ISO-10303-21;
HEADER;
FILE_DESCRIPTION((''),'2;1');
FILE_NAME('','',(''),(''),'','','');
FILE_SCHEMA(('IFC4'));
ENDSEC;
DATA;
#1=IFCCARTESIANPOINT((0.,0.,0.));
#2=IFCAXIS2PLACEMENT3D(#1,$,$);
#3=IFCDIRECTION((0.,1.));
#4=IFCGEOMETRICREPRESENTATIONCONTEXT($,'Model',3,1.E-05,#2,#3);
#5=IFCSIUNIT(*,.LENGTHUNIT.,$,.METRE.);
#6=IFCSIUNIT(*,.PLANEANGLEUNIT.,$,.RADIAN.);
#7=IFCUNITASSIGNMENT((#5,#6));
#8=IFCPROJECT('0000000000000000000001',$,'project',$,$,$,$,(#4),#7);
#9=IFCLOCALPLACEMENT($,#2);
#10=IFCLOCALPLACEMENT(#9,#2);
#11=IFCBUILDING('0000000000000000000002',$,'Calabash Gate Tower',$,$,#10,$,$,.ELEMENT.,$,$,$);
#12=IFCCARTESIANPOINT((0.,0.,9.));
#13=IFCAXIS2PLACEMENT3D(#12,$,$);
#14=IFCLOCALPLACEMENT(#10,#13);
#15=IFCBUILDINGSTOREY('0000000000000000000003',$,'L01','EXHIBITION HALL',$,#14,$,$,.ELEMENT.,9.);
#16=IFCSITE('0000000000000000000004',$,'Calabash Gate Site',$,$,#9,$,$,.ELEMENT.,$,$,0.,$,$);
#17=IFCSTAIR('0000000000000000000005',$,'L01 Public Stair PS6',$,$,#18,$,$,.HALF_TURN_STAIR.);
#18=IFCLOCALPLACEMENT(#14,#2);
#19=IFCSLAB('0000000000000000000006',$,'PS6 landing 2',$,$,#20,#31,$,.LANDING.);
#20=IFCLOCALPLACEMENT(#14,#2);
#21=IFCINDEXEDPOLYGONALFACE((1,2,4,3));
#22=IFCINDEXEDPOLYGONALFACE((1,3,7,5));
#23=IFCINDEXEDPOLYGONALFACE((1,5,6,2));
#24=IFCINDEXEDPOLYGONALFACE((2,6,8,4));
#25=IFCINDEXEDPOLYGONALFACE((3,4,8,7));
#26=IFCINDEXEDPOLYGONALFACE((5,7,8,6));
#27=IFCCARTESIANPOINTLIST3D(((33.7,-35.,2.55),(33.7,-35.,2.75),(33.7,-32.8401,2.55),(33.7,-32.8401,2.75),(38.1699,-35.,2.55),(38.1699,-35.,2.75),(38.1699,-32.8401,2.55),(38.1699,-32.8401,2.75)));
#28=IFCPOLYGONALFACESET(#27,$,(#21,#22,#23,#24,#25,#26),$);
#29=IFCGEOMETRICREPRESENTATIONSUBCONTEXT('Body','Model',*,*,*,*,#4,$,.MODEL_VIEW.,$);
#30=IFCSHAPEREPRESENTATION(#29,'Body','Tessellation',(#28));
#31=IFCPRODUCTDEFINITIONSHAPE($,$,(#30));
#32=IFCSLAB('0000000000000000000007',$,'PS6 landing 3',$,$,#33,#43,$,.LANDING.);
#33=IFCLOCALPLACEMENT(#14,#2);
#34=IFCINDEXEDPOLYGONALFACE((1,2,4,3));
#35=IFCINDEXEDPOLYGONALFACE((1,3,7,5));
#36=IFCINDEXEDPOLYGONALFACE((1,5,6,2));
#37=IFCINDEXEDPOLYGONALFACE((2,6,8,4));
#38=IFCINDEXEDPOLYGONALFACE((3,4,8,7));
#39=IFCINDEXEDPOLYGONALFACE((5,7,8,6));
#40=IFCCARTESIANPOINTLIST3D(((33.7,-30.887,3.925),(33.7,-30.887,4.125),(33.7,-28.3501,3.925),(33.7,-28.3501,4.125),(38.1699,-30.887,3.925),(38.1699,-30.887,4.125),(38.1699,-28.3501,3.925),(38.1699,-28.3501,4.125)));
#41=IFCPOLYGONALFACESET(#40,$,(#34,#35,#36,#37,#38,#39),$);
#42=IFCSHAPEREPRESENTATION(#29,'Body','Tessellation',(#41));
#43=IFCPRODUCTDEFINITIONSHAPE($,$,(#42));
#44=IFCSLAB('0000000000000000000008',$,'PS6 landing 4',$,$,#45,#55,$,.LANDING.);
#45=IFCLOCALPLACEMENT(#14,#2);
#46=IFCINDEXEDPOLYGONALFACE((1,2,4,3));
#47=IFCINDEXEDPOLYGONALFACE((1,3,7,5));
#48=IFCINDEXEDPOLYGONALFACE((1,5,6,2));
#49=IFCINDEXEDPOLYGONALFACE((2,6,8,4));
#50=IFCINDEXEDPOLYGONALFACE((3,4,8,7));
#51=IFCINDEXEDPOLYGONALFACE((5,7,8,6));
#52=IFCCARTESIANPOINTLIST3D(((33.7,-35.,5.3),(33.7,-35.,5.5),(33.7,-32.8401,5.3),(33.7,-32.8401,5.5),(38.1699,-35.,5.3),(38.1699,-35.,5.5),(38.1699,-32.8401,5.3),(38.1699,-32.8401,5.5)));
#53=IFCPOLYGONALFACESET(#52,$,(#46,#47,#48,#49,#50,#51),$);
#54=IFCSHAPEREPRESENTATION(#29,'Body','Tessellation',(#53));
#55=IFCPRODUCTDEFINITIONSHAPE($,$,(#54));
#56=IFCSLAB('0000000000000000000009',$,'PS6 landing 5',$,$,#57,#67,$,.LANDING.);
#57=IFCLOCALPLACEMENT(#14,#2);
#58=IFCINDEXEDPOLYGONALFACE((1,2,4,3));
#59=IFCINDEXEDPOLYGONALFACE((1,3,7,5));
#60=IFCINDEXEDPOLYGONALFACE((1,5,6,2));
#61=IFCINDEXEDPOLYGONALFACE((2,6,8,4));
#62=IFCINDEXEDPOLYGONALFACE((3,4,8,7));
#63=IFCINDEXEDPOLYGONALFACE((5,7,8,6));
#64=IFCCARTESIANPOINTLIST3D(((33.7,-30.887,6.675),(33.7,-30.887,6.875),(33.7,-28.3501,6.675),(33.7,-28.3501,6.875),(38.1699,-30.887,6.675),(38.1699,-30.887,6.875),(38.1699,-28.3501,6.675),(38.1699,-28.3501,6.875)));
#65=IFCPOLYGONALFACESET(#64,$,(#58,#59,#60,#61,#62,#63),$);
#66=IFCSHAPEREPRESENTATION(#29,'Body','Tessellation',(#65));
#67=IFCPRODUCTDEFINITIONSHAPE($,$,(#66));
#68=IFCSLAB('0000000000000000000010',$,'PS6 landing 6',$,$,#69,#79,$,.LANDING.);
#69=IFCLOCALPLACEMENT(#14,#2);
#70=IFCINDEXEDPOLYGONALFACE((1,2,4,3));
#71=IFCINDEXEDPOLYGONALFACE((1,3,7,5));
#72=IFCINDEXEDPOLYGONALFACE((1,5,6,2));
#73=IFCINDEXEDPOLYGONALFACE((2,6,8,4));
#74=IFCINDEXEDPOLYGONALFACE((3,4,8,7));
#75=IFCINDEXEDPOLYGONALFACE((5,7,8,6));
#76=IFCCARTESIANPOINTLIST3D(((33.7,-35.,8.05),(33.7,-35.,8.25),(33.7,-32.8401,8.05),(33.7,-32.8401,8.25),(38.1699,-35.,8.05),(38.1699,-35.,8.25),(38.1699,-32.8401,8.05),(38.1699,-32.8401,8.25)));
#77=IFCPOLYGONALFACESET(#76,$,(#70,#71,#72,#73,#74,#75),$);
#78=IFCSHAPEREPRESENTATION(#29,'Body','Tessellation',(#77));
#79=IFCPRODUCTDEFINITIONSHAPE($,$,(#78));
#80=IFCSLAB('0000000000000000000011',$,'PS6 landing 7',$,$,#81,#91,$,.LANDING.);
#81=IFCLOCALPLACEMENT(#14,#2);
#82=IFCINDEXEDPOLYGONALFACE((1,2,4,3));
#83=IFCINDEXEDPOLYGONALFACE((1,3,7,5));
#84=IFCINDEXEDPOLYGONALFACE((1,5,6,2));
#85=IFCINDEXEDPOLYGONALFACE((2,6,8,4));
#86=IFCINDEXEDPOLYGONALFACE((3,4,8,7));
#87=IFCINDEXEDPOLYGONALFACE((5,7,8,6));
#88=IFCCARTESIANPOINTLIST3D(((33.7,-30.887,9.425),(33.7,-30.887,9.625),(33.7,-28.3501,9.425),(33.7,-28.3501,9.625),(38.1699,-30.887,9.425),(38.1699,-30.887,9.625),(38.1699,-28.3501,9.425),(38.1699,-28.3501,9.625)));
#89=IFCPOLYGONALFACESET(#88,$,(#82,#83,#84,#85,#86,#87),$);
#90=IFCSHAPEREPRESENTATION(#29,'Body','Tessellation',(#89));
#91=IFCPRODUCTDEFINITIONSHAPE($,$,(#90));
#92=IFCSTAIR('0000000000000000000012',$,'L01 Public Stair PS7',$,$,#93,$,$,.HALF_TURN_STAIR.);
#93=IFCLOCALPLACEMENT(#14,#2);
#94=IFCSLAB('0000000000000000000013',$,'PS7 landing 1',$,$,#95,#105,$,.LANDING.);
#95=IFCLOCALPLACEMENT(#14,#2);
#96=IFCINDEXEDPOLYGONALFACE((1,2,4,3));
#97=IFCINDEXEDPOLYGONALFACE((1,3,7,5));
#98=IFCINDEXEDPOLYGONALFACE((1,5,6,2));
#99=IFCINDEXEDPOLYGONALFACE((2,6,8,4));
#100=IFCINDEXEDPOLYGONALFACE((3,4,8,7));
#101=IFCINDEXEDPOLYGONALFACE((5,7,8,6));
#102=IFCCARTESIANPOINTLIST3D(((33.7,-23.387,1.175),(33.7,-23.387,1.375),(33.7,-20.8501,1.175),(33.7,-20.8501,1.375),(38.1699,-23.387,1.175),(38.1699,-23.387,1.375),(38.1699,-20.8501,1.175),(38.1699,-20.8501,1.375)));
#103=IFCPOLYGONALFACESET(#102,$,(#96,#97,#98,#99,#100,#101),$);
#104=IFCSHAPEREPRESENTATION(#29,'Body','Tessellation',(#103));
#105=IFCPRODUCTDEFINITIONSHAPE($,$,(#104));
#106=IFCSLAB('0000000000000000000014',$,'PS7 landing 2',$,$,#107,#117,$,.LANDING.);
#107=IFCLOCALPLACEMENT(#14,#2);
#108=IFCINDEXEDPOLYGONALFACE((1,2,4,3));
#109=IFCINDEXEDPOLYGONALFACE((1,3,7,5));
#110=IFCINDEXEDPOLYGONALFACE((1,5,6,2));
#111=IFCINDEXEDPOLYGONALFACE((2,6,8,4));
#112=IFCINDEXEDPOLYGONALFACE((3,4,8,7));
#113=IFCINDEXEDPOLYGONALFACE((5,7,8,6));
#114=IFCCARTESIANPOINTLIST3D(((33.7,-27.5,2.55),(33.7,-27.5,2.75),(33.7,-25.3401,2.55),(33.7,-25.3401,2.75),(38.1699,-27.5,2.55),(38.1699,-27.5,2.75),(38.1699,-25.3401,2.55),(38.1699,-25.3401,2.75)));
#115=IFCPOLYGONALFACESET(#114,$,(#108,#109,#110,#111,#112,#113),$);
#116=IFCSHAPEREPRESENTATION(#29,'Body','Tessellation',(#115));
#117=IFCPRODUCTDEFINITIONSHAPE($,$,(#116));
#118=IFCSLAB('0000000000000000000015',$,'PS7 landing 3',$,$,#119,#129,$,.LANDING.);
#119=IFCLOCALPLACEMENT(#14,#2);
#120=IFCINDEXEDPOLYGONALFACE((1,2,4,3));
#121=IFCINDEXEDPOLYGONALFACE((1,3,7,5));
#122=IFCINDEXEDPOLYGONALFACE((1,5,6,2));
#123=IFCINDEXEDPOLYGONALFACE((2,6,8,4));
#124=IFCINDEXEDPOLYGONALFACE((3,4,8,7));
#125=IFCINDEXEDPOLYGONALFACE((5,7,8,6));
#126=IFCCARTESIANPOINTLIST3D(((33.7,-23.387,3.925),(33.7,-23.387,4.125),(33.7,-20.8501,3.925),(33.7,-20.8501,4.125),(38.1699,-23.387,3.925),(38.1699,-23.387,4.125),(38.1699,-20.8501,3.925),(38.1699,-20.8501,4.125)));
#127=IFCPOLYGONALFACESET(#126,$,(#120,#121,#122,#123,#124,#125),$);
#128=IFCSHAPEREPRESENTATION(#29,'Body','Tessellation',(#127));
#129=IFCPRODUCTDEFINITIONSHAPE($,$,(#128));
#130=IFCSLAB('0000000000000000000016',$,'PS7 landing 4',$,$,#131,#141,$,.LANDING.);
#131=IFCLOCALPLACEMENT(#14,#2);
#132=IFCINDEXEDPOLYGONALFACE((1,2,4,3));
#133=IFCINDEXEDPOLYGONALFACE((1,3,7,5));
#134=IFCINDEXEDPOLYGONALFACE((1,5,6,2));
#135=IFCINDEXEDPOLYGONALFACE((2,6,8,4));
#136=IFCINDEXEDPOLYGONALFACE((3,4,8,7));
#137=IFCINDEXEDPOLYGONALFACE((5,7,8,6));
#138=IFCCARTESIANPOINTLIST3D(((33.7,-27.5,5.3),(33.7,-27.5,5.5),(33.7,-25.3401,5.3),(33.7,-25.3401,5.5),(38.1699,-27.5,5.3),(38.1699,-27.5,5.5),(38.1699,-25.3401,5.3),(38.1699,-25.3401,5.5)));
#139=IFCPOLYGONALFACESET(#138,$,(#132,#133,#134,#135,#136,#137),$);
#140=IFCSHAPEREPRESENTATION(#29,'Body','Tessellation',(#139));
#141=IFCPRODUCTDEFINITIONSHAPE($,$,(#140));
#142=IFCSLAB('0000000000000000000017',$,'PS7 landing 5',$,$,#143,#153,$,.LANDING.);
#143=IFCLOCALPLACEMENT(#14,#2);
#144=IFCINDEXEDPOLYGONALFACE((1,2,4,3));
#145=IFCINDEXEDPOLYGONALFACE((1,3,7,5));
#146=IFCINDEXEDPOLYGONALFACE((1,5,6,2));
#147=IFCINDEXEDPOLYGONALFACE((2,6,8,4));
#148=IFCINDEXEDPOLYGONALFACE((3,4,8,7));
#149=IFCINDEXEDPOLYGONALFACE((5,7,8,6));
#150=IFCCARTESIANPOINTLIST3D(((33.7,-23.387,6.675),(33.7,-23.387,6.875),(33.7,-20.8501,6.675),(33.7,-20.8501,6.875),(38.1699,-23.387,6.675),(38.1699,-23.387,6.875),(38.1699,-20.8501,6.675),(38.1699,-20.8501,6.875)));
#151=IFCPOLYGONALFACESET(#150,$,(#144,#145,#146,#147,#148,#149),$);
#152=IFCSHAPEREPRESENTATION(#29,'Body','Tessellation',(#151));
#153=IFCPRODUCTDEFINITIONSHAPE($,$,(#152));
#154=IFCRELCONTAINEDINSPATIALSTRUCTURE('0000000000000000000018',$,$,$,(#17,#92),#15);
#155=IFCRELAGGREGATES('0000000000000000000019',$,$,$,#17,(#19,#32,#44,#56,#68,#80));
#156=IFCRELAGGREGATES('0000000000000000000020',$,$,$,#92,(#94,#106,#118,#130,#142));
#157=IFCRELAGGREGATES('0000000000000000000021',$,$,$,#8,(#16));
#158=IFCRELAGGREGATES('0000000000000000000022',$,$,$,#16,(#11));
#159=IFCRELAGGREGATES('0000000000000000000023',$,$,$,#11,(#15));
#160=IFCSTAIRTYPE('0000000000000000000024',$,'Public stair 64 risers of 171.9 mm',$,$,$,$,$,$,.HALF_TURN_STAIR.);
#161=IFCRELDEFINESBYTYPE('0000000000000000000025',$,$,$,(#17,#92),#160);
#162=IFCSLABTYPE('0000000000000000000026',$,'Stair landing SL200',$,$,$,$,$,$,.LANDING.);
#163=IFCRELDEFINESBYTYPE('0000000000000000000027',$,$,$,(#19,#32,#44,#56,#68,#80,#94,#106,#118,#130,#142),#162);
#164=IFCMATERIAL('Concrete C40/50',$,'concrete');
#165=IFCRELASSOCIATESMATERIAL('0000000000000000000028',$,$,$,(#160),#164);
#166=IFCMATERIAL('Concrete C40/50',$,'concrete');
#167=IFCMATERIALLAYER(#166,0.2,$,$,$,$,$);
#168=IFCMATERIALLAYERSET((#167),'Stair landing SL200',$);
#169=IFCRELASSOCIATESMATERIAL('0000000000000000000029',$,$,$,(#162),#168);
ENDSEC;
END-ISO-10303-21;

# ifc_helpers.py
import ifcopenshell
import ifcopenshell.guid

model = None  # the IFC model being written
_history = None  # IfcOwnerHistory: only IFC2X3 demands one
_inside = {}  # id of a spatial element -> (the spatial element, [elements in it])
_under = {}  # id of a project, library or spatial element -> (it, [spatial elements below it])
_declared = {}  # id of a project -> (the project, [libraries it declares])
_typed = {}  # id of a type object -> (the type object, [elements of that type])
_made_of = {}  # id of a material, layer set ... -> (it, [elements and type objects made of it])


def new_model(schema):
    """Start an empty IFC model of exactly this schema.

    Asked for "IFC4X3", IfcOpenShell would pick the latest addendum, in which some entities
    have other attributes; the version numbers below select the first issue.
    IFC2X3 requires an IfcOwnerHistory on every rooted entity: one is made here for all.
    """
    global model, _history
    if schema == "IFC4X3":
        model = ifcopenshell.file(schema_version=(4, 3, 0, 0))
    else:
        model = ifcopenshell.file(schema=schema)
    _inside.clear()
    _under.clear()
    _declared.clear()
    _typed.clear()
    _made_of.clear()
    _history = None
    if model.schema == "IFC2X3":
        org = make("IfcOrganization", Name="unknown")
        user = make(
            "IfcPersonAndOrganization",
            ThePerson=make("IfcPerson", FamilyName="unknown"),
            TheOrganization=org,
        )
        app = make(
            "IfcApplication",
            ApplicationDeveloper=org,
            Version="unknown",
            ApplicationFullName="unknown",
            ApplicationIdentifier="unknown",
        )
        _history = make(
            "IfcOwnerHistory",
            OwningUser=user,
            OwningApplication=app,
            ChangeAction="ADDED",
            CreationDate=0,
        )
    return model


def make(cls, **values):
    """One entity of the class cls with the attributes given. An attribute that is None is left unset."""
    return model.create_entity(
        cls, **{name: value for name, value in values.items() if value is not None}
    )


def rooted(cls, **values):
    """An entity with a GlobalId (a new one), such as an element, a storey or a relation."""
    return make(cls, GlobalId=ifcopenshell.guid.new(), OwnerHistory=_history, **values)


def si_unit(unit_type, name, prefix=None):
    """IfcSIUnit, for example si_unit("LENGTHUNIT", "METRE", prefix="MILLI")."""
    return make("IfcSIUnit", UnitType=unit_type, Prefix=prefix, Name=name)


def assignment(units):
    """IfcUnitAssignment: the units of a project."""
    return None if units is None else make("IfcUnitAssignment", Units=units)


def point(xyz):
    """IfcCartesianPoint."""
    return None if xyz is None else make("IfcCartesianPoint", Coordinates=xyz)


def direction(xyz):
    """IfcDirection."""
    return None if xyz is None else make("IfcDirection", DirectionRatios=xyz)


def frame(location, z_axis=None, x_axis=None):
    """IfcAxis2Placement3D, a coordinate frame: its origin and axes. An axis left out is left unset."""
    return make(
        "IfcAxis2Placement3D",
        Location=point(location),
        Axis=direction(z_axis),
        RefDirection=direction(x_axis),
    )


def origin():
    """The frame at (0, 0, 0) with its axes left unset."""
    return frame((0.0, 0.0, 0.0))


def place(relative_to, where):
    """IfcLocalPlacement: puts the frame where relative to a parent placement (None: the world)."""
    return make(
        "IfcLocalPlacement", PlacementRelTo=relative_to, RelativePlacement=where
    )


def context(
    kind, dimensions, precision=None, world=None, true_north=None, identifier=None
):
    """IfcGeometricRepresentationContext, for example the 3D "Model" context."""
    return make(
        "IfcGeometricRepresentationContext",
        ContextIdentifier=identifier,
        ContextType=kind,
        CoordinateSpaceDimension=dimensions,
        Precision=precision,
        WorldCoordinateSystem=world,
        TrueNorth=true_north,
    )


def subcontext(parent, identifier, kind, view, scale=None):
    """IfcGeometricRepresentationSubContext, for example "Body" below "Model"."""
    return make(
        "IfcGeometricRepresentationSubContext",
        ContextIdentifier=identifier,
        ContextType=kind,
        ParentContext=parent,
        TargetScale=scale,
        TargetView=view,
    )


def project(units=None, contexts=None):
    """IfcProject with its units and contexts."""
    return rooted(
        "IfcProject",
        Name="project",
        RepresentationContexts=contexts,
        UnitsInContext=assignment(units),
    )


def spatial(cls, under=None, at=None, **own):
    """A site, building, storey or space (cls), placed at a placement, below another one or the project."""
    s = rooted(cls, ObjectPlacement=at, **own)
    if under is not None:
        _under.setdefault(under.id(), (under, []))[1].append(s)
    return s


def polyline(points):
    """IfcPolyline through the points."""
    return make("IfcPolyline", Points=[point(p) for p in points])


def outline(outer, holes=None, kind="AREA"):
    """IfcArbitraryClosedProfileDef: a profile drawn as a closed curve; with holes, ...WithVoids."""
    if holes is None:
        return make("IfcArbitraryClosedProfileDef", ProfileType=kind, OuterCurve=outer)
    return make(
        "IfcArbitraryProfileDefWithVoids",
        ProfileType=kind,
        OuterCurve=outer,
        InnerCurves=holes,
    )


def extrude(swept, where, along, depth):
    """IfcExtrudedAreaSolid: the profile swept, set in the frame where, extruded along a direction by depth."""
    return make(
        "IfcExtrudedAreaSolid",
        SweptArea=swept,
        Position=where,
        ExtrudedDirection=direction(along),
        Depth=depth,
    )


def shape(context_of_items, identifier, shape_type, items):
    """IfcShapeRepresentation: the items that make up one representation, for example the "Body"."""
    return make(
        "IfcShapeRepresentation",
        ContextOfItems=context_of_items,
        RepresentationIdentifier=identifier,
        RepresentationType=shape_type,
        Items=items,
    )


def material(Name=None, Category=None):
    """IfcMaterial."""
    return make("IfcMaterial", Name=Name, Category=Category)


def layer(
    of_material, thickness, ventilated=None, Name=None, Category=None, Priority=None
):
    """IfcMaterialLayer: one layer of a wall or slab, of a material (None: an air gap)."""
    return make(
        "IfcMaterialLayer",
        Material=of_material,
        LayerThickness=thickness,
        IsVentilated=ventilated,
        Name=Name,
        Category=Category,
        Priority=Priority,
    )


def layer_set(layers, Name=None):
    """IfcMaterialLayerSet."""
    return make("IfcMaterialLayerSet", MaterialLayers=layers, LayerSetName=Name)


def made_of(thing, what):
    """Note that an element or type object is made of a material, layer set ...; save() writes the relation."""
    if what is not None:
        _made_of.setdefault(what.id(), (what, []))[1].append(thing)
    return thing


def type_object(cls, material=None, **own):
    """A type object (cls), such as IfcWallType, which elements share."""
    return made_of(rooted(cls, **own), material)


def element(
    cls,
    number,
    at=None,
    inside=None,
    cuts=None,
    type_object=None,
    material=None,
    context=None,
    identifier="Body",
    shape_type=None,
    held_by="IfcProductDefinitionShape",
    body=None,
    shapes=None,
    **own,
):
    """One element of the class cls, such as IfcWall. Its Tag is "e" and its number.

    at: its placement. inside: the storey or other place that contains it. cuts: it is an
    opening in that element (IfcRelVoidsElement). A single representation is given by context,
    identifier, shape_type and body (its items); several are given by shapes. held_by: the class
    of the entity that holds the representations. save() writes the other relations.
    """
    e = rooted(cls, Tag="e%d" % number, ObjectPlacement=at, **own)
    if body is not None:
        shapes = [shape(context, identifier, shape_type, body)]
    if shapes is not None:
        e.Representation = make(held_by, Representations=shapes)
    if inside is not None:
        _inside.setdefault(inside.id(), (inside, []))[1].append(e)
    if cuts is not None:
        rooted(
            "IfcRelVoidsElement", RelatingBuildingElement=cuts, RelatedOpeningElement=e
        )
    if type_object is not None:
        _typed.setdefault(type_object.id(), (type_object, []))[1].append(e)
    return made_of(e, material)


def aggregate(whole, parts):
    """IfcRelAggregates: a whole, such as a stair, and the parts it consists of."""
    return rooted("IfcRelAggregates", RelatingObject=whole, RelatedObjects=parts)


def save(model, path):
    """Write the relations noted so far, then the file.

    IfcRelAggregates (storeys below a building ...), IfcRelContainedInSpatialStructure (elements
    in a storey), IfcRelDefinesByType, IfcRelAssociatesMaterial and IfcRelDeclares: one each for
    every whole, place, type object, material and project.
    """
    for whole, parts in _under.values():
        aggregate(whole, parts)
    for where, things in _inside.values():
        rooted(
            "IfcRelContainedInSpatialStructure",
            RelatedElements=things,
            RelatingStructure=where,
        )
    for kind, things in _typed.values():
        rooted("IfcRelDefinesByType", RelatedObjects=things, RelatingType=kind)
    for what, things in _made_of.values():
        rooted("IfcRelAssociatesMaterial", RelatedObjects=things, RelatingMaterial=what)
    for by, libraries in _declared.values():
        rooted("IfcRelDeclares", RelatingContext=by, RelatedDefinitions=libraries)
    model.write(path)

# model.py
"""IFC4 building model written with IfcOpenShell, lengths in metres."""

from ifc_helpers import new_model, si_unit, direction, frame, origin, place, context, subcontext, project, spatial, polyline, outline, extrude, material, layer, layer_set, type_object, element, aggregate, save


model = new_model("IFC4")

# Units and contexts
model_context = context("Model", 3, precision=1e-05, world=origin(), true_north=direction((0.0, 1.0)))
body_context = subcontext(model_context, "Body", "Model", "MODEL_VIEW")
ifc_project = project(units=[si_unit("LENGTHUNIT", "METRE"), si_unit("PLANEANGLEUNIT", "RADIAN")], contexts=[model_context])

# Site, building, storey
site_placement = place(None, origin())
site = spatial("IfcSite", under=ifc_project, at=site_placement, Name="Calabash Gate Site", CompositionType="ELEMENT", RefElevation=0.0)
building_placement = place(site_placement, origin())
building = spatial("IfcBuilding", under=site, at=building_placement, Name="Calabash Gate Tower", CompositionType="ELEMENT")
storey_placement = place(building_placement, frame((0.0, 0.0, 9.0)))
storey = spatial("IfcBuildingStorey", under=building, at=storey_placement, Name="L01", Description="EXHIBITION HALL", CompositionType="ELEMENT", Elevation=9.0)

# Stairs, slabs
ifc_material_1 = material(Name="Concrete C40/50", Category="concrete")
stair_type = type_object("IfcStairType", Name="Public stair 64 risers of 171.9 mm", PredefinedType="HALF_TURN_STAIR", material=ifc_material_1)
ifc_material_2 = material(Name="Concrete C40/50", Category="concrete")
ifc_layer = layer(ifc_material_2, 0.2)
ifc_layer_set = layer_set([ifc_layer], Name="Stair landing SL200")
slab_type = type_object("IfcSlabType", Name="Stair landing SL200", PredefinedType="LANDING", material=ifc_layer_set)
stair_1_placement = place(storey_placement, origin())
stair_1 = element("IfcStair", 1, at=stair_1_placement, inside=storey, type_object=stair_type, Name="L01 Public Stair PS6", PredefinedType="HALF_TURN_STAIR")
slab_1_placement = place(storey_placement, frame((0.0, 0.0, 2.55)))
slab_1 = element("IfcSlab", 2, at=slab_1_placement, type_object=slab_type, Name="PS6 landing 2", PredefinedType="LANDING", context=body_context, shape_type="SweptSolid", body=[
    extrude(outline(polyline([(38.1699, -35.0), (38.1699, -32.8401), (33.7, -32.8401), (33.7, -35.0), (38.1699, -35.0)])), origin(), (0.0, 0.0, 1.0), 0.2),
])
slab_2_placement = place(storey_placement, frame((0.0, 0.0, 3.925)))
slab_2 = element("IfcSlab", 3, at=slab_2_placement, type_object=slab_type, Name="PS6 landing 3", PredefinedType="LANDING", context=body_context, shape_type="SweptSolid", body=[
    extrude(outline(polyline([(38.1699, -30.887), (38.1699, -28.3501), (33.7, -28.3501), (33.7, -30.887), (38.1699, -30.887)])), origin(), (0.0, 0.0, 1.0), 0.2),
])
slab_3_placement = place(storey_placement, frame((0.0, 0.0, 5.3)))
slab_3 = element("IfcSlab", 4, at=slab_3_placement, type_object=slab_type, Name="PS6 landing 4", PredefinedType="LANDING", context=body_context, shape_type="SweptSolid", body=[
    extrude(outline(polyline([(38.1699, -35.0), (38.1699, -32.8401), (33.7, -32.8401), (33.7, -35.0), (38.1699, -35.0)])), origin(), (0.0, 0.0, 1.0), 0.2),
])
slab_4_placement = place(storey_placement, frame((0.0, 0.0, 6.675)))
slab_4 = element("IfcSlab", 5, at=slab_4_placement, type_object=slab_type, Name="PS6 landing 5", PredefinedType="LANDING", context=body_context, shape_type="SweptSolid", body=[
    extrude(outline(polyline([(38.1699, -30.887), (38.1699, -28.3501), (33.7, -28.3501), (33.7, -30.887), (38.1699, -30.887)])), origin(), (0.0, 0.0, 1.0), 0.2),
])
slab_5_placement = place(storey_placement, frame((0.0, 0.0, 8.05)))
slab_5 = element("IfcSlab", 6, at=slab_5_placement, type_object=slab_type, Name="PS6 landing 6", PredefinedType="LANDING", context=body_context, shape_type="SweptSolid", body=[
    extrude(outline(polyline([(38.1699, -35.0), (38.1699, -32.8401), (33.7, -32.8401), (33.7, -35.0), (38.1699, -35.0)])), origin(), (0.0, 0.0, 1.0), 0.2),
])
slab_6_placement = place(storey_placement, frame((0.0, 0.0, 9.425)))
slab_6 = element("IfcSlab", 7, at=slab_6_placement, type_object=slab_type, Name="PS6 landing 7", PredefinedType="LANDING", context=body_context, shape_type="SweptSolid", body=[
    extrude(outline(polyline([(38.1699, -30.887), (38.1699, -28.3501), (33.7, -28.3501), (33.7, -30.887), (38.1699, -30.887)])), origin(), (0.0, 0.0, 1.0), 0.2),
])
aggregate(stair_1, [slab_1, slab_2, slab_3, slab_4, slab_5, slab_6])
stair_2_placement = place(storey_placement, origin())
stair_2 = element("IfcStair", 8, at=stair_2_placement, inside=storey, type_object=stair_type, Name="L01 Public Stair PS7", PredefinedType="HALF_TURN_STAIR")
slab_7_placement = place(storey_placement, frame((0.0, 0.0, 1.175)))
slab_7 = element("IfcSlab", 9, at=slab_7_placement, type_object=slab_type, Name="PS7 landing 1", PredefinedType="LANDING", context=body_context, shape_type="SweptSolid", body=[
    extrude(outline(polyline([(38.1699, -23.387), (38.1699, -20.8501), (33.7, -20.8501), (33.7, -23.387), (38.1699, -23.387)])), origin(), (0.0, 0.0, 1.0), 0.2),
])
slab_8_placement = place(storey_placement, frame((0.0, 0.0, 2.55)))
slab_8 = element("IfcSlab", 10, at=slab_8_placement, type_object=slab_type, Name="PS7 landing 2", PredefinedType="LANDING", context=body_context, shape_type="SweptSolid", body=[
    extrude(outline(polyline([(38.1699, -27.5), (38.1699, -25.3401), (33.7, -25.3401), (33.7, -27.5), (38.1699, -27.5)])), origin(), (0.0, 0.0, 1.0), 0.2),
])
slab_9_placement = place(storey_placement, frame((0.0, 0.0, 3.925)))
slab_9 = element("IfcSlab", 11, at=slab_9_placement, type_object=slab_type, Name="PS7 landing 3", PredefinedType="LANDING", context=body_context, shape_type="SweptSolid", body=[
    extrude(outline(polyline([(38.1699, -23.387), (38.1699, -20.8501), (33.7, -20.8501), (33.7, -23.387), (38.1699, -23.387)])), origin(), (0.0, 0.0, 1.0), 0.2),
])
slab_10_placement = place(storey_placement, frame((0.0, 0.0, 5.3)))
slab_10 = element("IfcSlab", 12, at=slab_10_placement, type_object=slab_type, Name="PS7 landing 4", PredefinedType="LANDING", context=body_context, shape_type="SweptSolid", body=[
    extrude(outline(polyline([(38.1699, -27.5), (38.1699, -25.3401), (33.7, -25.3401), (33.7, -27.5), (38.1699, -27.5)])), origin(), (0.0, 0.0, 1.0), 0.2),
])
slab_11_placement = place(storey_placement, frame((0.0, 0.0, 6.675)))
slab_11 = element("IfcSlab", 13, at=slab_11_placement, type_object=slab_type, Name="PS7 landing 5", PredefinedType="LANDING", context=body_context, shape_type="SweptSolid", body=[
    extrude(outline(polyline([(38.1699, -23.387), (38.1699, -20.8501), (33.7, -20.8501), (33.7, -23.387), (38.1699, -23.387)])), origin(), (0.0, 0.0, 1.0), 0.2),
])
aggregate(stair_2, [slab_7, slab_8, slab_9, slab_10, slab_11])

save(model, "model.ifc")
